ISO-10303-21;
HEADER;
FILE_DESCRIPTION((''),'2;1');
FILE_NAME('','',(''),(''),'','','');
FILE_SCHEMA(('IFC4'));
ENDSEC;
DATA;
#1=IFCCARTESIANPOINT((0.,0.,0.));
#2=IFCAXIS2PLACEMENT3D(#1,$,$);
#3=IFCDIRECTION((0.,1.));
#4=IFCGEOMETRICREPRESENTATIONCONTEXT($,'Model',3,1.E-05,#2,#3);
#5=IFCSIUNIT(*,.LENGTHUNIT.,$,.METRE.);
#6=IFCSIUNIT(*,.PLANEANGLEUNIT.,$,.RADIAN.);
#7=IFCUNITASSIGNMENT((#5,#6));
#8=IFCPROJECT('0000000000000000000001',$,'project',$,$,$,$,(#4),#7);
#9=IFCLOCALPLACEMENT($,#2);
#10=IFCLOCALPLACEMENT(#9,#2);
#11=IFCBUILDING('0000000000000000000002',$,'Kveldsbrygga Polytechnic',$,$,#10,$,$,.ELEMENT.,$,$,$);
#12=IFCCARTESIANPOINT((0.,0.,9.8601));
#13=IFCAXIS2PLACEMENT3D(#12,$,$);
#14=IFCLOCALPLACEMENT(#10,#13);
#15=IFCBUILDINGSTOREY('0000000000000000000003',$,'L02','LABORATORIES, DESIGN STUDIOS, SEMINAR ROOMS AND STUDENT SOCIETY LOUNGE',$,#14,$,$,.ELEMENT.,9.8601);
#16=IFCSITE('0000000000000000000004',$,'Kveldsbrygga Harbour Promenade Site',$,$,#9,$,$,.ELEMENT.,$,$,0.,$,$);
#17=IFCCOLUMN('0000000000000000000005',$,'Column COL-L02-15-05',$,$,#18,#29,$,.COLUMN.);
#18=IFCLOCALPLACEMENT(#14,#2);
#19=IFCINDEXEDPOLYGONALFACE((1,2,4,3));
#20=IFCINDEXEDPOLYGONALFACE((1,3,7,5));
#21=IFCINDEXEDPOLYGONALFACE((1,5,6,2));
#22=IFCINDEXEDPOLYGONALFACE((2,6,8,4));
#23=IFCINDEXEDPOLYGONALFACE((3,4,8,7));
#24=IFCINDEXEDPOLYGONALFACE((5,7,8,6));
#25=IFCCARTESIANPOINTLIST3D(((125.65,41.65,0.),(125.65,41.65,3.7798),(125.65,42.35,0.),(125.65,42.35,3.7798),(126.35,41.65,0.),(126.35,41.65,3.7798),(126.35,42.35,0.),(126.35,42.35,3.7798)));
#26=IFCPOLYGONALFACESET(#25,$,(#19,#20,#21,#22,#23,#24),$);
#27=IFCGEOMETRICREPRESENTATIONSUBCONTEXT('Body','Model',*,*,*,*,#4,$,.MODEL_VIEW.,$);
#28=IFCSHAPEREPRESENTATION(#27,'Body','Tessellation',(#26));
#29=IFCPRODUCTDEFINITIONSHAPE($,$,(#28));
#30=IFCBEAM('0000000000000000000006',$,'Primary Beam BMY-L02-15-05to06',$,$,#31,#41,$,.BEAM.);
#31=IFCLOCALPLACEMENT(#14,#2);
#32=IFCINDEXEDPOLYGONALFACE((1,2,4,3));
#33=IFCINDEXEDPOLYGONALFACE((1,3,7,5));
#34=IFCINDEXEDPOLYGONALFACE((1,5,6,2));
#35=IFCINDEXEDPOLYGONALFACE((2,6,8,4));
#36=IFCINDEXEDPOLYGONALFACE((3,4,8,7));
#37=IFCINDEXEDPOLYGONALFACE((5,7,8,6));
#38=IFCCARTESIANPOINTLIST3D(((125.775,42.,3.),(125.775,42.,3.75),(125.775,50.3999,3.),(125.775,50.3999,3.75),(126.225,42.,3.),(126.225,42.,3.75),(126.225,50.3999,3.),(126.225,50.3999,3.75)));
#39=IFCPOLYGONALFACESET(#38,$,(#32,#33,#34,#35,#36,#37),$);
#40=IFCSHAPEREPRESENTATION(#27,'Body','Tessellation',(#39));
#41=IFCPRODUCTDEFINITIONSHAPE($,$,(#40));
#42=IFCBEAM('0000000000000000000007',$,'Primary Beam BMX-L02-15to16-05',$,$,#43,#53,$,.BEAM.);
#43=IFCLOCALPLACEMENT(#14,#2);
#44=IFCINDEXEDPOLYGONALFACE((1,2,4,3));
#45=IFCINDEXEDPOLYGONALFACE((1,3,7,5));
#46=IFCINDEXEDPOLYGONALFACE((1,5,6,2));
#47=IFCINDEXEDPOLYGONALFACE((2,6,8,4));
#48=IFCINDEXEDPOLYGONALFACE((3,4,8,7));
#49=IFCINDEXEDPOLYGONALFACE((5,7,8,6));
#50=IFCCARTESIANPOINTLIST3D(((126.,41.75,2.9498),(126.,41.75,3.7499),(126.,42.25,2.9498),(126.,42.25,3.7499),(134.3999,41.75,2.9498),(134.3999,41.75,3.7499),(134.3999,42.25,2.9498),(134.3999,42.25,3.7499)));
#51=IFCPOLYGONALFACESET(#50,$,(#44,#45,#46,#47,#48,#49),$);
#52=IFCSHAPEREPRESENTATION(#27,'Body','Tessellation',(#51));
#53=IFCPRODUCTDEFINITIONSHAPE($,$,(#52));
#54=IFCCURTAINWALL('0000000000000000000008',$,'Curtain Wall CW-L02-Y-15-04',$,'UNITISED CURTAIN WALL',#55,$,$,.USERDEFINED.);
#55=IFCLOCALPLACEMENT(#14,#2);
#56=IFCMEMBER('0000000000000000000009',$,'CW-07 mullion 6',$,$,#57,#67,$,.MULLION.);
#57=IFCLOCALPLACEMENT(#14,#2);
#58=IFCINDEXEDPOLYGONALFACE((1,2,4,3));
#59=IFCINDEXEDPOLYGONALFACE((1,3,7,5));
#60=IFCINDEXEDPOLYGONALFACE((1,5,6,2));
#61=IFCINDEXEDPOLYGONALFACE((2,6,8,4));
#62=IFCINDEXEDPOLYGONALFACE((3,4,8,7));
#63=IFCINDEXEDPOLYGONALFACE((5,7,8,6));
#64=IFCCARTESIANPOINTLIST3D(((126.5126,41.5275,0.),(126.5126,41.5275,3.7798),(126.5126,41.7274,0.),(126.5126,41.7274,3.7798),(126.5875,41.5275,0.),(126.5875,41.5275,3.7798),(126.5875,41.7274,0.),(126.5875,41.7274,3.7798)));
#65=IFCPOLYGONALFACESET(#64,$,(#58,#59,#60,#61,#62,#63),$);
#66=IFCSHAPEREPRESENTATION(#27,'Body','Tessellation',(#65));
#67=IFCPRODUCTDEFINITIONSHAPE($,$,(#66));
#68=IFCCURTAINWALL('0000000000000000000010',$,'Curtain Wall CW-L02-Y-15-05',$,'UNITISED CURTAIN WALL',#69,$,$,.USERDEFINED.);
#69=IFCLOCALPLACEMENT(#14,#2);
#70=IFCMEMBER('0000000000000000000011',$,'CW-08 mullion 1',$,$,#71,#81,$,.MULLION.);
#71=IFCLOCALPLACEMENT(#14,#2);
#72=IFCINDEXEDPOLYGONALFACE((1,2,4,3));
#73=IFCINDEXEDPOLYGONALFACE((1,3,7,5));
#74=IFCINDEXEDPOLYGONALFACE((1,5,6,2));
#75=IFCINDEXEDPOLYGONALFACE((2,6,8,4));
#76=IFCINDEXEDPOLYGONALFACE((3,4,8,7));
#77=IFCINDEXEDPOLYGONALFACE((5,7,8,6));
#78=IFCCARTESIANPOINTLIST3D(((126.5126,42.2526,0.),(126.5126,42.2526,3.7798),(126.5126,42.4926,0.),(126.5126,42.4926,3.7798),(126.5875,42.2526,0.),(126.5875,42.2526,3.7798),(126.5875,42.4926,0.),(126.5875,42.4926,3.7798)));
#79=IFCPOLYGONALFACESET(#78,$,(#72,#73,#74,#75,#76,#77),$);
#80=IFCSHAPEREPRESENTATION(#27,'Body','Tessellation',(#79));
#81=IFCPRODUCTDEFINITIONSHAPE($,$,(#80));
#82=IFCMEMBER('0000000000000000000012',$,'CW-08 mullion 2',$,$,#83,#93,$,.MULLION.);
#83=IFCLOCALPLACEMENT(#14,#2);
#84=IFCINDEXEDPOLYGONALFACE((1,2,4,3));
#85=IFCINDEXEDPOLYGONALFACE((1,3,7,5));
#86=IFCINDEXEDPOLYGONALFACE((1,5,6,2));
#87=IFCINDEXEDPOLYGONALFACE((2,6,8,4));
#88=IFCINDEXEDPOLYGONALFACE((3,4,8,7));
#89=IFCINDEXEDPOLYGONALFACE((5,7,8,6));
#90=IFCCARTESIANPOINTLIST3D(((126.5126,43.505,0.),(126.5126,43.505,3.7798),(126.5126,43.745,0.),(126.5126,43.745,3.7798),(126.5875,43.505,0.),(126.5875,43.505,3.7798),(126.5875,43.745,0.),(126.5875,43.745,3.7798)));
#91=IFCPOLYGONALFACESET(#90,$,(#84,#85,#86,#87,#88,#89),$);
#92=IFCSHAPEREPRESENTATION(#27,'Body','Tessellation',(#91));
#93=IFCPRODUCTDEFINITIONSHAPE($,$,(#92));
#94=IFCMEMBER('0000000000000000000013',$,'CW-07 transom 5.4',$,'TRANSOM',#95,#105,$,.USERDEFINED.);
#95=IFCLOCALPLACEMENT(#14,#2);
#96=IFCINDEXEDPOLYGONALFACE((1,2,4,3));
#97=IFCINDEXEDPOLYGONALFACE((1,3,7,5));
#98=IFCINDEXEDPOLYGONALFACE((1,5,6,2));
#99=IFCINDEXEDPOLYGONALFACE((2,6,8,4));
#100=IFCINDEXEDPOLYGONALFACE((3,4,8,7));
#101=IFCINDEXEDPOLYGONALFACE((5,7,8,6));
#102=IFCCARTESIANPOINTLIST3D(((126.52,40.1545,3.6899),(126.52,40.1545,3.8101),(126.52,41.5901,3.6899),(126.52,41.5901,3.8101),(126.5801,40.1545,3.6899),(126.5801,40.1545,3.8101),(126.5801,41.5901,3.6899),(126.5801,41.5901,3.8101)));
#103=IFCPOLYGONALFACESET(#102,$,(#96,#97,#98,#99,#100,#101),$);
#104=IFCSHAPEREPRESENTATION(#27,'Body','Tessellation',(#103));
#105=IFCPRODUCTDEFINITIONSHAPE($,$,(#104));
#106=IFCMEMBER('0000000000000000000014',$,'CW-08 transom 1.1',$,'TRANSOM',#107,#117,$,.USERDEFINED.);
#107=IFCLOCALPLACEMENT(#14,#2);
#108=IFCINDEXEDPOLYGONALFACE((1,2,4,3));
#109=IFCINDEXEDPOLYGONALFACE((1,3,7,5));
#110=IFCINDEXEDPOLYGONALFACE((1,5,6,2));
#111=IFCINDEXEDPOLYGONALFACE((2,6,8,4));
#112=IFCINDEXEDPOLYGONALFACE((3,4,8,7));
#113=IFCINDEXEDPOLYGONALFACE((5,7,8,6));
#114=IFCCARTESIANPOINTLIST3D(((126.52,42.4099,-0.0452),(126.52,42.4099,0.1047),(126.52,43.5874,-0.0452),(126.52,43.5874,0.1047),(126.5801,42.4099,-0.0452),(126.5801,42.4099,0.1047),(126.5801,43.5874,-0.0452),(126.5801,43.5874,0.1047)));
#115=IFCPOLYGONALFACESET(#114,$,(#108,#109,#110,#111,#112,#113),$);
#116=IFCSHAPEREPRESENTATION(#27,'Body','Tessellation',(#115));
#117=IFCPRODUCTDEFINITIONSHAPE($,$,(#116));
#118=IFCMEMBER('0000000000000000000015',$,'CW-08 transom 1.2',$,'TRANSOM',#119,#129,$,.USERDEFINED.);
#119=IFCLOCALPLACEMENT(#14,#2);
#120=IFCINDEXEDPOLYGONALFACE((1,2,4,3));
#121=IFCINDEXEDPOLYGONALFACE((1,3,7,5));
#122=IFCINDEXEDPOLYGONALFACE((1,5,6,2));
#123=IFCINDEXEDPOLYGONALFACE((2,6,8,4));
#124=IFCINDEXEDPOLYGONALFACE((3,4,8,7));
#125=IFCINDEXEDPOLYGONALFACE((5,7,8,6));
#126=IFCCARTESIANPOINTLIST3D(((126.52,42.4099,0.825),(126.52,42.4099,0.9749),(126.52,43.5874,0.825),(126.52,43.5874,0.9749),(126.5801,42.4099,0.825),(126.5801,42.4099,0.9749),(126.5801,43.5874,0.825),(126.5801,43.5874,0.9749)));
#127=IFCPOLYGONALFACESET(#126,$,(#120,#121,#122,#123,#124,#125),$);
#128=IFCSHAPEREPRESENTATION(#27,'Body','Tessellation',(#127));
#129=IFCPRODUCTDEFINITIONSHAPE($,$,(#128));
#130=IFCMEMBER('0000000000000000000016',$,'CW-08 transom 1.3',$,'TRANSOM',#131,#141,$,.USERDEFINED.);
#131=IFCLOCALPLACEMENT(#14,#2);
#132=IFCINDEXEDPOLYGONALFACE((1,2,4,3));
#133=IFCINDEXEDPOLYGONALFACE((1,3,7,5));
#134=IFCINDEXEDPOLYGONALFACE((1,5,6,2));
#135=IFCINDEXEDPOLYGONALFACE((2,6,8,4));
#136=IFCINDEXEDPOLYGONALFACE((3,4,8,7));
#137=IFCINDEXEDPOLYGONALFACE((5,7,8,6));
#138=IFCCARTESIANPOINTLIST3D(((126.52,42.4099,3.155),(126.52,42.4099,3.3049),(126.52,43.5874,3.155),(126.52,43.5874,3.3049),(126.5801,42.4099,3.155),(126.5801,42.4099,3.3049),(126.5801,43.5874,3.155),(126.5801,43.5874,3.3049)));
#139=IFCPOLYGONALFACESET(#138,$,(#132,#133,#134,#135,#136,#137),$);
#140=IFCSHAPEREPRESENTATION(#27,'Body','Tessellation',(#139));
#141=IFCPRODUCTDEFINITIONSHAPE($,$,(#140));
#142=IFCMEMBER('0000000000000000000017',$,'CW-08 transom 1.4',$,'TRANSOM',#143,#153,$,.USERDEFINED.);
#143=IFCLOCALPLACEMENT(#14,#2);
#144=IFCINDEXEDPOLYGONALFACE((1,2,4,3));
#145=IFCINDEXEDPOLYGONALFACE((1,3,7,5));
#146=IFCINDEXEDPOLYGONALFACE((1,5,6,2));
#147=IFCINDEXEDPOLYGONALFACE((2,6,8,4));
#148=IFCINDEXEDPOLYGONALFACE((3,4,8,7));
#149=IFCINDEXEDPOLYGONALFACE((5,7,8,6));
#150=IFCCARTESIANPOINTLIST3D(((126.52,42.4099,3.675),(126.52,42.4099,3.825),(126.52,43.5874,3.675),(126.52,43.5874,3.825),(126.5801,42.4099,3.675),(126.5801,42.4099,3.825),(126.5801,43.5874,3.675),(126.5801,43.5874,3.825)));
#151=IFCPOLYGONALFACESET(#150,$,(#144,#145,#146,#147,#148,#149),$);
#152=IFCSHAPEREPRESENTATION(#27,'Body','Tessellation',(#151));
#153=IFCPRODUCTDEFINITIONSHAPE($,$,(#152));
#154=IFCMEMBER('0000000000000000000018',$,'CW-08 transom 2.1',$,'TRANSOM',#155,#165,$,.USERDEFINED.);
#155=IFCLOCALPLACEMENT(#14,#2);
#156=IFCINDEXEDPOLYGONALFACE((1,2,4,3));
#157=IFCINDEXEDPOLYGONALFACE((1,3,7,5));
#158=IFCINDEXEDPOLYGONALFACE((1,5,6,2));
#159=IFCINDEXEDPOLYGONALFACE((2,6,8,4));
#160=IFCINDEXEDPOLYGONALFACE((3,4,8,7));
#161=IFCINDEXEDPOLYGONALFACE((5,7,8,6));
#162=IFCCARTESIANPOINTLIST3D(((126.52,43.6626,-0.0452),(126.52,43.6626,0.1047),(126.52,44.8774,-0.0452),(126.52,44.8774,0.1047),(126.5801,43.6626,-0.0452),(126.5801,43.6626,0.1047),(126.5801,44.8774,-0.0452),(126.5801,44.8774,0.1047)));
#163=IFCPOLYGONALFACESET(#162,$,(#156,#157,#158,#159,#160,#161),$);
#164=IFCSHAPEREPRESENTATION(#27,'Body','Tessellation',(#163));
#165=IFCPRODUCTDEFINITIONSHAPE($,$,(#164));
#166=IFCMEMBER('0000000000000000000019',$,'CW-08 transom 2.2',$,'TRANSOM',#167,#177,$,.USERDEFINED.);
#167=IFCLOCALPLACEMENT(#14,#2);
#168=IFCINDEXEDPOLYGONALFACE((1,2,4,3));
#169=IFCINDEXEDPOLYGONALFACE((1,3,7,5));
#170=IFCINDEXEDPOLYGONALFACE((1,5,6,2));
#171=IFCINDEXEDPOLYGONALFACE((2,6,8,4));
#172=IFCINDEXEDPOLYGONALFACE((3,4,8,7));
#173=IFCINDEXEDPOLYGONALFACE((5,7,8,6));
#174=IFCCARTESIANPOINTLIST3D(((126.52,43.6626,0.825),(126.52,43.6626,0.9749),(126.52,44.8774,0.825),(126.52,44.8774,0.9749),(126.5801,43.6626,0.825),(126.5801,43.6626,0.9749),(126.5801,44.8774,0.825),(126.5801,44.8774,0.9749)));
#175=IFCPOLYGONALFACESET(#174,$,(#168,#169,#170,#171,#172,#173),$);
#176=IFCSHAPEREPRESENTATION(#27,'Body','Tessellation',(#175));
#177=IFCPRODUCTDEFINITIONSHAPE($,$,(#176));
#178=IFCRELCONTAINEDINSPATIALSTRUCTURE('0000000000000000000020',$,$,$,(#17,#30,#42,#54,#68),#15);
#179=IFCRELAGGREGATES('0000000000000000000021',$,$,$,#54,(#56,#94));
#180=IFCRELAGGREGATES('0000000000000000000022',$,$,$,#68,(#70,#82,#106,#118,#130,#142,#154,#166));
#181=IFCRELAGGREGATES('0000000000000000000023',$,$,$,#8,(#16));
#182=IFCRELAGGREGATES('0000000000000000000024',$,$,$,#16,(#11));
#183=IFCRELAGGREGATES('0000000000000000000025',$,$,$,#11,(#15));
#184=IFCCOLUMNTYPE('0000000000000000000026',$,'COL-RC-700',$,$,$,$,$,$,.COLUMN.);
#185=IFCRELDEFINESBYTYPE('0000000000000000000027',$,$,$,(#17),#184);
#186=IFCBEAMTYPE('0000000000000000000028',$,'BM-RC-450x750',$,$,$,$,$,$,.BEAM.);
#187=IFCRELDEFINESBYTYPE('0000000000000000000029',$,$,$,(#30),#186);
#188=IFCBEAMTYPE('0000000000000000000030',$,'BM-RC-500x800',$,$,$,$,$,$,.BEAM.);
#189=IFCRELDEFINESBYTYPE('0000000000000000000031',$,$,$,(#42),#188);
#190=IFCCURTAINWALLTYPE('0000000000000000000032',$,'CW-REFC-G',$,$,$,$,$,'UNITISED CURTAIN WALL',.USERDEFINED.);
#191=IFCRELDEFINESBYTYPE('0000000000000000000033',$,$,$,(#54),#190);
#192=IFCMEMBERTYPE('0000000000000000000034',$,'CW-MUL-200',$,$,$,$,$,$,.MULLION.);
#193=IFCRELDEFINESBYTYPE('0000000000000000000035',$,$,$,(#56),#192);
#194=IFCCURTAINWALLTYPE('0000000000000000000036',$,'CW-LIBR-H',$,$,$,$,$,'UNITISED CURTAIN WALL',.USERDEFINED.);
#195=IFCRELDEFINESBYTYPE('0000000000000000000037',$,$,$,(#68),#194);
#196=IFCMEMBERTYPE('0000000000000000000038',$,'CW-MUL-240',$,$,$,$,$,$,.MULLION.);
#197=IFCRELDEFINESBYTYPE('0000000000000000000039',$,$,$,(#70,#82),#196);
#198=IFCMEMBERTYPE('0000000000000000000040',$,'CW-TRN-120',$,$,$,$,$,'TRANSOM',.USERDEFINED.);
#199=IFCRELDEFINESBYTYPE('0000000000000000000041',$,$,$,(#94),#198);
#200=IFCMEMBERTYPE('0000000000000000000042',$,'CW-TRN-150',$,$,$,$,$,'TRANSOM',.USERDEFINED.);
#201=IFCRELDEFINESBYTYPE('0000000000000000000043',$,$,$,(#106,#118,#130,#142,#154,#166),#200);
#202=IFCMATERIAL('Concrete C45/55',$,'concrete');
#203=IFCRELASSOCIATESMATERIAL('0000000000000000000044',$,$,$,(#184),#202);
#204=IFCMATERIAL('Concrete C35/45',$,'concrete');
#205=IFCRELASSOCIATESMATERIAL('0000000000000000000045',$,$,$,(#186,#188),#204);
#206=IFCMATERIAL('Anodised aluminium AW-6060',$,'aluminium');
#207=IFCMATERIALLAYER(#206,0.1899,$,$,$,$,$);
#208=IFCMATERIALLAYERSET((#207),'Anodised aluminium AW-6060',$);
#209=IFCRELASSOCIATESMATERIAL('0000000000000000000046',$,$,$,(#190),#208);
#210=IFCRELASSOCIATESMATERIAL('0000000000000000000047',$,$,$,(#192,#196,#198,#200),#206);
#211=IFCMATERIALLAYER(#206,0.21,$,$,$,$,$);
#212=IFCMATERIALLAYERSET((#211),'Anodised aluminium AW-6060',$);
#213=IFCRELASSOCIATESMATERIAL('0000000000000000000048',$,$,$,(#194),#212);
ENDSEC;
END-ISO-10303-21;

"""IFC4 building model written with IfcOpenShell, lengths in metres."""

from ifc_helpers import new_model, si_unit, direction, frame, origin, origin_2d, place, context, subcontext, project, spatial, rectangle, extrude, material, layer, layer_set, material_profile, profile_set, type_object, element, aggregate, save


model = new_model("IFC4")

# Units and contexts
model_context = context("Model", 3, precision=1e-05, world=origin(), true_north=direction((0.0, 1.0)))
body_context = subcontext(model_context, "Body", "Model", "MODEL_VIEW")
ifc_project = project(units=[si_unit("LENGTHUNIT", "METRE"), si_unit("PLANEANGLEUNIT", "RADIAN")], contexts=[model_context])

# Site, building, storey
site_placement = place(None, origin())
site = spatial("IfcSite", under=ifc_project, at=site_placement, Name="Kveldsbrygga Harbour Promenade Site", CompositionType="ELEMENT", RefElevation=0.0)
building_placement = place(site_placement, origin())
building = spatial("IfcBuilding", under=site, at=building_placement, Name="Kveldsbrygga Polytechnic", CompositionType="ELEMENT")
storey_placement = place(building_placement, frame((0.0, 0.0, 9.8601)))
storey = spatial("IfcBuildingStorey", under=building, at=storey_placement, Name="L02", Description="LABORATORIES, DESIGN STUDIOS, SEMINAR ROOMS AND STUDENT SOCIETY LOUNGE", CompositionType="ELEMENT", Elevation=9.8601)

# Column
ifc_material_1 = material(Name="Concrete C45/55", Category="concrete")
ifc_material_profile_1 = material_profile(ifc_material_1, rectangle(XDim=0.7, YDim=0.7, at=origin_2d()), Name="RC 700x700")
ifc_profile_set_1 = profile_set([ifc_material_profile_1], Name="Concrete C45/55")
column_type = type_object("IfcColumnType", Name="COL-RC-700", PredefinedType="COLUMN", material=ifc_profile_set_1)
column_placement = place(storey_placement, frame((126.0, 42.0, 0.0), z_axis=(0.0, 0.0, 1.0), x_axis=(1.0, 0.0, 0.0)))
element("IfcColumn", 1, at=column_placement, inside=storey, type_object=column_type, Name="Column COL-L02-15-05", PredefinedType="COLUMN", context=body_context, shape_type="SweptSolid", body=[
    extrude(rectangle(XDim=0.7, YDim=0.7, at=origin_2d()), origin(), (0.0, 0.0, 1.0), 3.7798),
])

# Beams
ifc_material_2 = material(Name="Concrete C35/45", Category="concrete")
ifc_material_profile_2 = material_profile(ifc_material_2, rectangle(XDim=0.45, YDim=0.75, at=origin_2d()), Name="RC 450x750")
ifc_profile_set_2 = profile_set([ifc_material_profile_2], Name="Concrete C35/45")
beam_type_1 = type_object("IfcBeamType", Name="BM-RC-450x750", PredefinedType="BEAM", material=ifc_profile_set_2)
beam_1_placement = place(storey_placement, frame((126.0, 42.0, 3.375), z_axis=(0.0, 1.0, 0.0), x_axis=(-1.0, 0.0, 0.0)))
element("IfcBeam", 2, at=beam_1_placement, inside=storey, type_object=beam_type_1, Name="Primary Beam BMY-L02-15-05to06", PredefinedType="BEAM", context=body_context, shape_type="SweptSolid", body=[
    extrude(rectangle(XDim=0.45, YDim=0.75, at=origin_2d()), origin(), (0.0, 0.0, 1.0), 8.3999),
])
ifc_material_profile_3 = material_profile(ifc_material_2, rectangle(XDim=0.5, YDim=0.8, at=origin_2d()), Name="RC 500x800")
ifc_profile_set_3 = profile_set([ifc_material_profile_3], Name="Concrete C35/45")
beam_type_2 = type_object("IfcBeamType", Name="BM-RC-500x800", PredefinedType="BEAM", material=ifc_profile_set_3)
beam_2_placement = place(storey_placement, frame((126.0, 42.0, 3.3499), z_axis=(1.0, 0.0, 0.0), x_axis=(0.0, 1.0, 0.0)))
element("IfcBeam", 3, at=beam_2_placement, inside=storey, type_object=beam_type_2, Name="Primary Beam BMX-L02-15to16-05", PredefinedType="BEAM", context=body_context, shape_type="SweptSolid", body=[
    extrude(rectangle(XDim=0.5, YDim=0.8, at=origin_2d()), origin(), (0.0, 0.0, 1.0), 8.3999),
])

# Curtain wall, member
ifc_material_3 = material(Name="Anodised aluminium AW-6060", Category="aluminium")
ifc_layer_1 = layer(ifc_material_3, 0.1899)
ifc_layer_set_1 = layer_set([ifc_layer_1], Name="Anodised aluminium AW-6060")
curtain_wall_type_1 = type_object("IfcCurtainWallType", Name="CW-REFC-G", ElementType="UNITISED CURTAIN WALL", PredefinedType="USERDEFINED", material=ifc_layer_set_1)
curtain_wall_1_placement = place(storey_placement, origin())
curtain_wall_1 = element("IfcCurtainWall", 4, at=curtain_wall_1_placement, inside=storey, type_object=curtain_wall_type_1, Name="Curtain Wall CW-L02-Y-15-04", ObjectType="UNITISED CURTAIN WALL", PredefinedType="USERDEFINED")
ifc_material_profile_4 = material_profile(ifc_material_3, rectangle(XDim=0.075, YDim=0.2, at=origin_2d()), Name="ALU 75x200")
ifc_profile_set_4 = profile_set([ifc_material_profile_4], Name="Anodised aluminium AW-6060")
member_type_1 = type_object("IfcMemberType", Name="CW-MUL-200", PredefinedType="MULLION", material=ifc_profile_set_4)
member_1_placement = place(storey_placement, frame((126.55, 41.6274, 0.0), z_axis=(0.0, 0.0, 1.0), x_axis=(-1.0, 0.0, 0.0)))
member_1 = element("IfcMember", 5, at=member_1_placement, type_object=member_type_1, Name="CW-07 mullion 6", PredefinedType="MULLION", context=body_context, shape_type="SweptSolid", body=[
    extrude(rectangle(XDim=0.075, YDim=0.2, at=origin_2d()), origin(), (0.0, 0.0, 1.0), 3.7798),
])

# Curtain wall, members
ifc_layer_2 = layer(ifc_material_3, 0.21)
ifc_layer_set_2 = layer_set([ifc_layer_2], Name="Anodised aluminium AW-6060")
curtain_wall_type_2 = type_object("IfcCurtainWallType", Name="CW-LIBR-H", ElementType="UNITISED CURTAIN WALL", PredefinedType="USERDEFINED", material=ifc_layer_set_2)
curtain_wall_2_placement = place(storey_placement, origin())
curtain_wall_2 = element("IfcCurtainWall", 6, at=curtain_wall_2_placement, inside=storey, type_object=curtain_wall_type_2, Name="Curtain Wall CW-L02-Y-15-05", ObjectType="UNITISED CURTAIN WALL", PredefinedType="USERDEFINED")
ifc_material_profile_5 = material_profile(ifc_material_3, rectangle(XDim=0.075, YDim=0.24, at=origin_2d()), Name="ALU 75x240")
ifc_profile_set_5 = profile_set([ifc_material_profile_5], Name="Anodised aluminium AW-6060")
member_type_2 = type_object("IfcMemberType", Name="CW-MUL-240", PredefinedType="MULLION", material=ifc_profile_set_5)
member_2_placement = place(storey_placement, frame((126.55, 42.3726, 0.0), z_axis=(0.0, 0.0, 1.0), x_axis=(-1.0, 0.0, 0.0)))
member_2 = element("IfcMember", 7, at=member_2_placement, type_object=member_type_2, Name="CW-08 mullion 1", PredefinedType="MULLION", context=body_context, shape_type="SweptSolid", body=[
    extrude(rectangle(XDim=0.075, YDim=0.24, at=origin_2d()), origin(), (0.0, 0.0, 1.0), 3.7798),
])
member_3_placement = place(storey_placement, frame((126.55, 43.625, 0.0), z_axis=(0.0, 0.0, 1.0), x_axis=(-1.0, 0.0, 0.0)))
member_3 = element("IfcMember", 8, at=member_3_placement, type_object=member_type_2, Name="CW-08 mullion 2", PredefinedType="MULLION", context=body_context, shape_type="SweptSolid", body=[
    extrude(rectangle(XDim=0.075, YDim=0.24, at=origin_2d()), origin(), (0.0, 0.0, 1.0), 3.7798),
])

# Members
ifc_material_profile_6 = material_profile(ifc_material_3, rectangle(XDim=0.0601, YDim=0.1201, at=origin_2d()), Name="ALU 60x120")
ifc_profile_set_6 = profile_set([ifc_material_profile_6], Name="Anodised aluminium AW-6060")
member_type_3 = type_object("IfcMemberType", Name="CW-TRN-120", ElementType="TRANSOM", PredefinedType="USERDEFINED", material=ifc_profile_set_6)
member_4_placement = place(storey_placement, frame((126.55, 40.1545, 3.75), z_axis=(0.0, 1.0, 0.0), x_axis=(-1.0, 0.0, 0.0)))
member_4 = element("IfcMember", 9, at=member_4_placement, type_object=member_type_3, Name="CW-07 transom 5.4", ObjectType="TRANSOM", PredefinedType="USERDEFINED", context=body_context, shape_type="SweptSolid", body=[
    extrude(rectangle(XDim=0.0601, YDim=0.1201, at=origin_2d()), origin(), (0.0, 0.0, 1.0), 1.4355),
])
ifc_material_profile_7 = material_profile(ifc_material_3, rectangle(XDim=0.0601, YDim=0.1499, at=origin_2d()), Name="ALU 60x150")
ifc_profile_set_7 = profile_set([ifc_material_profile_7], Name="Anodised aluminium AW-6060")
member_type_4 = type_object("IfcMemberType", Name="CW-TRN-150", ElementType="TRANSOM", PredefinedType="USERDEFINED", material=ifc_profile_set_7)
member_5_placement = place(storey_placement, frame((126.55, 42.4099, 0.0298), z_axis=(0.0, 1.0, 0.0), x_axis=(-1.0, 0.0, 0.0)))
member_5 = element("IfcMember", 10, at=member_5_placement, type_object=member_type_4, Name="CW-08 transom 1.1", ObjectType="TRANSOM", PredefinedType="USERDEFINED", context=body_context, shape_type="SweptSolid", body=[
    extrude(rectangle(XDim=0.0601, YDim=0.1499, at=origin_2d()), origin(), (0.0, 0.0, 1.0), 1.1775),
])
member_6_placement = place(storey_placement, frame((126.55, 42.4099, 0.8999), z_axis=(0.0, 1.0, 0.0), x_axis=(-1.0, 0.0, 0.0)))
member_6 = element("IfcMember", 11, at=member_6_placement, type_object=member_type_4, Name="CW-08 transom 1.2", ObjectType="TRANSOM", PredefinedType="USERDEFINED", context=body_context, shape_type="SweptSolid", body=[
    extrude(rectangle(XDim=0.0601, YDim=0.1499, at=origin_2d()), origin(), (0.0, 0.0, 1.0), 1.1775),
])
member_7_placement = place(storey_placement, frame((126.55, 42.4099, 3.23), z_axis=(0.0, 1.0, 0.0), x_axis=(-1.0, 0.0, 0.0)))
member_7 = element("IfcMember", 12, at=member_7_placement, type_object=member_type_4, Name="CW-08 transom 1.3", ObjectType="TRANSOM", PredefinedType="USERDEFINED", context=body_context, shape_type="SweptSolid", body=[
    extrude(rectangle(XDim=0.0601, YDim=0.1499, at=origin_2d()), origin(), (0.0, 0.0, 1.0), 1.1775),
])
member_8_placement = place(storey_placement, frame((126.55, 42.4099, 3.75), z_axis=(0.0, 1.0, 0.0), x_axis=(-1.0, 0.0, 0.0)))
member_8 = element("IfcMember", 13, at=member_8_placement, type_object=member_type_4, Name="CW-08 transom 1.4", ObjectType="TRANSOM", PredefinedType="USERDEFINED", context=body_context, shape_type="SweptSolid", body=[
    extrude(rectangle(XDim=0.0601, YDim=0.1499, at=origin_2d()), origin(), (0.0, 0.0, 1.0), 1.1775),
])
member_9_placement = place(storey_placement, frame((126.55, 43.6626, 0.0298), z_axis=(0.0, 1.0, 0.0), x_axis=(-1.0, 0.0, 0.0)))
member_9 = element("IfcMember", 14, at=member_9_placement, type_object=member_type_4, Name="CW-08 transom 2.1", ObjectType="TRANSOM", PredefinedType="USERDEFINED", context=body_context, shape_type="SweptSolid", body=[
    extrude(rectangle(XDim=0.0601, YDim=0.1499, at=origin_2d()), origin(), (0.0, 0.0, 1.0), 1.2148),
])
member_10_placement = place(storey_placement, frame((126.55, 43.6626, 0.8999), z_axis=(0.0, 1.0, 0.0), x_axis=(-1.0, 0.0, 0.0)))
member_10 = element("IfcMember", 15, at=member_10_placement, type_object=member_type_4, Name="CW-08 transom 2.2", ObjectType="TRANSOM", PredefinedType="USERDEFINED", context=body_context, shape_type="SweptSolid", body=[
    extrude(rectangle(XDim=0.0601, YDim=0.1499, at=origin_2d()), origin(), (0.0, 0.0, 1.0), 1.2148),
])

aggregate(curtain_wall_1, [member_1, member_4])
aggregate(curtain_wall_2, [member_2, member_3, member_5, member_6, member_7, member_8, member_9, member_10])

save(model, "model.ifc")
